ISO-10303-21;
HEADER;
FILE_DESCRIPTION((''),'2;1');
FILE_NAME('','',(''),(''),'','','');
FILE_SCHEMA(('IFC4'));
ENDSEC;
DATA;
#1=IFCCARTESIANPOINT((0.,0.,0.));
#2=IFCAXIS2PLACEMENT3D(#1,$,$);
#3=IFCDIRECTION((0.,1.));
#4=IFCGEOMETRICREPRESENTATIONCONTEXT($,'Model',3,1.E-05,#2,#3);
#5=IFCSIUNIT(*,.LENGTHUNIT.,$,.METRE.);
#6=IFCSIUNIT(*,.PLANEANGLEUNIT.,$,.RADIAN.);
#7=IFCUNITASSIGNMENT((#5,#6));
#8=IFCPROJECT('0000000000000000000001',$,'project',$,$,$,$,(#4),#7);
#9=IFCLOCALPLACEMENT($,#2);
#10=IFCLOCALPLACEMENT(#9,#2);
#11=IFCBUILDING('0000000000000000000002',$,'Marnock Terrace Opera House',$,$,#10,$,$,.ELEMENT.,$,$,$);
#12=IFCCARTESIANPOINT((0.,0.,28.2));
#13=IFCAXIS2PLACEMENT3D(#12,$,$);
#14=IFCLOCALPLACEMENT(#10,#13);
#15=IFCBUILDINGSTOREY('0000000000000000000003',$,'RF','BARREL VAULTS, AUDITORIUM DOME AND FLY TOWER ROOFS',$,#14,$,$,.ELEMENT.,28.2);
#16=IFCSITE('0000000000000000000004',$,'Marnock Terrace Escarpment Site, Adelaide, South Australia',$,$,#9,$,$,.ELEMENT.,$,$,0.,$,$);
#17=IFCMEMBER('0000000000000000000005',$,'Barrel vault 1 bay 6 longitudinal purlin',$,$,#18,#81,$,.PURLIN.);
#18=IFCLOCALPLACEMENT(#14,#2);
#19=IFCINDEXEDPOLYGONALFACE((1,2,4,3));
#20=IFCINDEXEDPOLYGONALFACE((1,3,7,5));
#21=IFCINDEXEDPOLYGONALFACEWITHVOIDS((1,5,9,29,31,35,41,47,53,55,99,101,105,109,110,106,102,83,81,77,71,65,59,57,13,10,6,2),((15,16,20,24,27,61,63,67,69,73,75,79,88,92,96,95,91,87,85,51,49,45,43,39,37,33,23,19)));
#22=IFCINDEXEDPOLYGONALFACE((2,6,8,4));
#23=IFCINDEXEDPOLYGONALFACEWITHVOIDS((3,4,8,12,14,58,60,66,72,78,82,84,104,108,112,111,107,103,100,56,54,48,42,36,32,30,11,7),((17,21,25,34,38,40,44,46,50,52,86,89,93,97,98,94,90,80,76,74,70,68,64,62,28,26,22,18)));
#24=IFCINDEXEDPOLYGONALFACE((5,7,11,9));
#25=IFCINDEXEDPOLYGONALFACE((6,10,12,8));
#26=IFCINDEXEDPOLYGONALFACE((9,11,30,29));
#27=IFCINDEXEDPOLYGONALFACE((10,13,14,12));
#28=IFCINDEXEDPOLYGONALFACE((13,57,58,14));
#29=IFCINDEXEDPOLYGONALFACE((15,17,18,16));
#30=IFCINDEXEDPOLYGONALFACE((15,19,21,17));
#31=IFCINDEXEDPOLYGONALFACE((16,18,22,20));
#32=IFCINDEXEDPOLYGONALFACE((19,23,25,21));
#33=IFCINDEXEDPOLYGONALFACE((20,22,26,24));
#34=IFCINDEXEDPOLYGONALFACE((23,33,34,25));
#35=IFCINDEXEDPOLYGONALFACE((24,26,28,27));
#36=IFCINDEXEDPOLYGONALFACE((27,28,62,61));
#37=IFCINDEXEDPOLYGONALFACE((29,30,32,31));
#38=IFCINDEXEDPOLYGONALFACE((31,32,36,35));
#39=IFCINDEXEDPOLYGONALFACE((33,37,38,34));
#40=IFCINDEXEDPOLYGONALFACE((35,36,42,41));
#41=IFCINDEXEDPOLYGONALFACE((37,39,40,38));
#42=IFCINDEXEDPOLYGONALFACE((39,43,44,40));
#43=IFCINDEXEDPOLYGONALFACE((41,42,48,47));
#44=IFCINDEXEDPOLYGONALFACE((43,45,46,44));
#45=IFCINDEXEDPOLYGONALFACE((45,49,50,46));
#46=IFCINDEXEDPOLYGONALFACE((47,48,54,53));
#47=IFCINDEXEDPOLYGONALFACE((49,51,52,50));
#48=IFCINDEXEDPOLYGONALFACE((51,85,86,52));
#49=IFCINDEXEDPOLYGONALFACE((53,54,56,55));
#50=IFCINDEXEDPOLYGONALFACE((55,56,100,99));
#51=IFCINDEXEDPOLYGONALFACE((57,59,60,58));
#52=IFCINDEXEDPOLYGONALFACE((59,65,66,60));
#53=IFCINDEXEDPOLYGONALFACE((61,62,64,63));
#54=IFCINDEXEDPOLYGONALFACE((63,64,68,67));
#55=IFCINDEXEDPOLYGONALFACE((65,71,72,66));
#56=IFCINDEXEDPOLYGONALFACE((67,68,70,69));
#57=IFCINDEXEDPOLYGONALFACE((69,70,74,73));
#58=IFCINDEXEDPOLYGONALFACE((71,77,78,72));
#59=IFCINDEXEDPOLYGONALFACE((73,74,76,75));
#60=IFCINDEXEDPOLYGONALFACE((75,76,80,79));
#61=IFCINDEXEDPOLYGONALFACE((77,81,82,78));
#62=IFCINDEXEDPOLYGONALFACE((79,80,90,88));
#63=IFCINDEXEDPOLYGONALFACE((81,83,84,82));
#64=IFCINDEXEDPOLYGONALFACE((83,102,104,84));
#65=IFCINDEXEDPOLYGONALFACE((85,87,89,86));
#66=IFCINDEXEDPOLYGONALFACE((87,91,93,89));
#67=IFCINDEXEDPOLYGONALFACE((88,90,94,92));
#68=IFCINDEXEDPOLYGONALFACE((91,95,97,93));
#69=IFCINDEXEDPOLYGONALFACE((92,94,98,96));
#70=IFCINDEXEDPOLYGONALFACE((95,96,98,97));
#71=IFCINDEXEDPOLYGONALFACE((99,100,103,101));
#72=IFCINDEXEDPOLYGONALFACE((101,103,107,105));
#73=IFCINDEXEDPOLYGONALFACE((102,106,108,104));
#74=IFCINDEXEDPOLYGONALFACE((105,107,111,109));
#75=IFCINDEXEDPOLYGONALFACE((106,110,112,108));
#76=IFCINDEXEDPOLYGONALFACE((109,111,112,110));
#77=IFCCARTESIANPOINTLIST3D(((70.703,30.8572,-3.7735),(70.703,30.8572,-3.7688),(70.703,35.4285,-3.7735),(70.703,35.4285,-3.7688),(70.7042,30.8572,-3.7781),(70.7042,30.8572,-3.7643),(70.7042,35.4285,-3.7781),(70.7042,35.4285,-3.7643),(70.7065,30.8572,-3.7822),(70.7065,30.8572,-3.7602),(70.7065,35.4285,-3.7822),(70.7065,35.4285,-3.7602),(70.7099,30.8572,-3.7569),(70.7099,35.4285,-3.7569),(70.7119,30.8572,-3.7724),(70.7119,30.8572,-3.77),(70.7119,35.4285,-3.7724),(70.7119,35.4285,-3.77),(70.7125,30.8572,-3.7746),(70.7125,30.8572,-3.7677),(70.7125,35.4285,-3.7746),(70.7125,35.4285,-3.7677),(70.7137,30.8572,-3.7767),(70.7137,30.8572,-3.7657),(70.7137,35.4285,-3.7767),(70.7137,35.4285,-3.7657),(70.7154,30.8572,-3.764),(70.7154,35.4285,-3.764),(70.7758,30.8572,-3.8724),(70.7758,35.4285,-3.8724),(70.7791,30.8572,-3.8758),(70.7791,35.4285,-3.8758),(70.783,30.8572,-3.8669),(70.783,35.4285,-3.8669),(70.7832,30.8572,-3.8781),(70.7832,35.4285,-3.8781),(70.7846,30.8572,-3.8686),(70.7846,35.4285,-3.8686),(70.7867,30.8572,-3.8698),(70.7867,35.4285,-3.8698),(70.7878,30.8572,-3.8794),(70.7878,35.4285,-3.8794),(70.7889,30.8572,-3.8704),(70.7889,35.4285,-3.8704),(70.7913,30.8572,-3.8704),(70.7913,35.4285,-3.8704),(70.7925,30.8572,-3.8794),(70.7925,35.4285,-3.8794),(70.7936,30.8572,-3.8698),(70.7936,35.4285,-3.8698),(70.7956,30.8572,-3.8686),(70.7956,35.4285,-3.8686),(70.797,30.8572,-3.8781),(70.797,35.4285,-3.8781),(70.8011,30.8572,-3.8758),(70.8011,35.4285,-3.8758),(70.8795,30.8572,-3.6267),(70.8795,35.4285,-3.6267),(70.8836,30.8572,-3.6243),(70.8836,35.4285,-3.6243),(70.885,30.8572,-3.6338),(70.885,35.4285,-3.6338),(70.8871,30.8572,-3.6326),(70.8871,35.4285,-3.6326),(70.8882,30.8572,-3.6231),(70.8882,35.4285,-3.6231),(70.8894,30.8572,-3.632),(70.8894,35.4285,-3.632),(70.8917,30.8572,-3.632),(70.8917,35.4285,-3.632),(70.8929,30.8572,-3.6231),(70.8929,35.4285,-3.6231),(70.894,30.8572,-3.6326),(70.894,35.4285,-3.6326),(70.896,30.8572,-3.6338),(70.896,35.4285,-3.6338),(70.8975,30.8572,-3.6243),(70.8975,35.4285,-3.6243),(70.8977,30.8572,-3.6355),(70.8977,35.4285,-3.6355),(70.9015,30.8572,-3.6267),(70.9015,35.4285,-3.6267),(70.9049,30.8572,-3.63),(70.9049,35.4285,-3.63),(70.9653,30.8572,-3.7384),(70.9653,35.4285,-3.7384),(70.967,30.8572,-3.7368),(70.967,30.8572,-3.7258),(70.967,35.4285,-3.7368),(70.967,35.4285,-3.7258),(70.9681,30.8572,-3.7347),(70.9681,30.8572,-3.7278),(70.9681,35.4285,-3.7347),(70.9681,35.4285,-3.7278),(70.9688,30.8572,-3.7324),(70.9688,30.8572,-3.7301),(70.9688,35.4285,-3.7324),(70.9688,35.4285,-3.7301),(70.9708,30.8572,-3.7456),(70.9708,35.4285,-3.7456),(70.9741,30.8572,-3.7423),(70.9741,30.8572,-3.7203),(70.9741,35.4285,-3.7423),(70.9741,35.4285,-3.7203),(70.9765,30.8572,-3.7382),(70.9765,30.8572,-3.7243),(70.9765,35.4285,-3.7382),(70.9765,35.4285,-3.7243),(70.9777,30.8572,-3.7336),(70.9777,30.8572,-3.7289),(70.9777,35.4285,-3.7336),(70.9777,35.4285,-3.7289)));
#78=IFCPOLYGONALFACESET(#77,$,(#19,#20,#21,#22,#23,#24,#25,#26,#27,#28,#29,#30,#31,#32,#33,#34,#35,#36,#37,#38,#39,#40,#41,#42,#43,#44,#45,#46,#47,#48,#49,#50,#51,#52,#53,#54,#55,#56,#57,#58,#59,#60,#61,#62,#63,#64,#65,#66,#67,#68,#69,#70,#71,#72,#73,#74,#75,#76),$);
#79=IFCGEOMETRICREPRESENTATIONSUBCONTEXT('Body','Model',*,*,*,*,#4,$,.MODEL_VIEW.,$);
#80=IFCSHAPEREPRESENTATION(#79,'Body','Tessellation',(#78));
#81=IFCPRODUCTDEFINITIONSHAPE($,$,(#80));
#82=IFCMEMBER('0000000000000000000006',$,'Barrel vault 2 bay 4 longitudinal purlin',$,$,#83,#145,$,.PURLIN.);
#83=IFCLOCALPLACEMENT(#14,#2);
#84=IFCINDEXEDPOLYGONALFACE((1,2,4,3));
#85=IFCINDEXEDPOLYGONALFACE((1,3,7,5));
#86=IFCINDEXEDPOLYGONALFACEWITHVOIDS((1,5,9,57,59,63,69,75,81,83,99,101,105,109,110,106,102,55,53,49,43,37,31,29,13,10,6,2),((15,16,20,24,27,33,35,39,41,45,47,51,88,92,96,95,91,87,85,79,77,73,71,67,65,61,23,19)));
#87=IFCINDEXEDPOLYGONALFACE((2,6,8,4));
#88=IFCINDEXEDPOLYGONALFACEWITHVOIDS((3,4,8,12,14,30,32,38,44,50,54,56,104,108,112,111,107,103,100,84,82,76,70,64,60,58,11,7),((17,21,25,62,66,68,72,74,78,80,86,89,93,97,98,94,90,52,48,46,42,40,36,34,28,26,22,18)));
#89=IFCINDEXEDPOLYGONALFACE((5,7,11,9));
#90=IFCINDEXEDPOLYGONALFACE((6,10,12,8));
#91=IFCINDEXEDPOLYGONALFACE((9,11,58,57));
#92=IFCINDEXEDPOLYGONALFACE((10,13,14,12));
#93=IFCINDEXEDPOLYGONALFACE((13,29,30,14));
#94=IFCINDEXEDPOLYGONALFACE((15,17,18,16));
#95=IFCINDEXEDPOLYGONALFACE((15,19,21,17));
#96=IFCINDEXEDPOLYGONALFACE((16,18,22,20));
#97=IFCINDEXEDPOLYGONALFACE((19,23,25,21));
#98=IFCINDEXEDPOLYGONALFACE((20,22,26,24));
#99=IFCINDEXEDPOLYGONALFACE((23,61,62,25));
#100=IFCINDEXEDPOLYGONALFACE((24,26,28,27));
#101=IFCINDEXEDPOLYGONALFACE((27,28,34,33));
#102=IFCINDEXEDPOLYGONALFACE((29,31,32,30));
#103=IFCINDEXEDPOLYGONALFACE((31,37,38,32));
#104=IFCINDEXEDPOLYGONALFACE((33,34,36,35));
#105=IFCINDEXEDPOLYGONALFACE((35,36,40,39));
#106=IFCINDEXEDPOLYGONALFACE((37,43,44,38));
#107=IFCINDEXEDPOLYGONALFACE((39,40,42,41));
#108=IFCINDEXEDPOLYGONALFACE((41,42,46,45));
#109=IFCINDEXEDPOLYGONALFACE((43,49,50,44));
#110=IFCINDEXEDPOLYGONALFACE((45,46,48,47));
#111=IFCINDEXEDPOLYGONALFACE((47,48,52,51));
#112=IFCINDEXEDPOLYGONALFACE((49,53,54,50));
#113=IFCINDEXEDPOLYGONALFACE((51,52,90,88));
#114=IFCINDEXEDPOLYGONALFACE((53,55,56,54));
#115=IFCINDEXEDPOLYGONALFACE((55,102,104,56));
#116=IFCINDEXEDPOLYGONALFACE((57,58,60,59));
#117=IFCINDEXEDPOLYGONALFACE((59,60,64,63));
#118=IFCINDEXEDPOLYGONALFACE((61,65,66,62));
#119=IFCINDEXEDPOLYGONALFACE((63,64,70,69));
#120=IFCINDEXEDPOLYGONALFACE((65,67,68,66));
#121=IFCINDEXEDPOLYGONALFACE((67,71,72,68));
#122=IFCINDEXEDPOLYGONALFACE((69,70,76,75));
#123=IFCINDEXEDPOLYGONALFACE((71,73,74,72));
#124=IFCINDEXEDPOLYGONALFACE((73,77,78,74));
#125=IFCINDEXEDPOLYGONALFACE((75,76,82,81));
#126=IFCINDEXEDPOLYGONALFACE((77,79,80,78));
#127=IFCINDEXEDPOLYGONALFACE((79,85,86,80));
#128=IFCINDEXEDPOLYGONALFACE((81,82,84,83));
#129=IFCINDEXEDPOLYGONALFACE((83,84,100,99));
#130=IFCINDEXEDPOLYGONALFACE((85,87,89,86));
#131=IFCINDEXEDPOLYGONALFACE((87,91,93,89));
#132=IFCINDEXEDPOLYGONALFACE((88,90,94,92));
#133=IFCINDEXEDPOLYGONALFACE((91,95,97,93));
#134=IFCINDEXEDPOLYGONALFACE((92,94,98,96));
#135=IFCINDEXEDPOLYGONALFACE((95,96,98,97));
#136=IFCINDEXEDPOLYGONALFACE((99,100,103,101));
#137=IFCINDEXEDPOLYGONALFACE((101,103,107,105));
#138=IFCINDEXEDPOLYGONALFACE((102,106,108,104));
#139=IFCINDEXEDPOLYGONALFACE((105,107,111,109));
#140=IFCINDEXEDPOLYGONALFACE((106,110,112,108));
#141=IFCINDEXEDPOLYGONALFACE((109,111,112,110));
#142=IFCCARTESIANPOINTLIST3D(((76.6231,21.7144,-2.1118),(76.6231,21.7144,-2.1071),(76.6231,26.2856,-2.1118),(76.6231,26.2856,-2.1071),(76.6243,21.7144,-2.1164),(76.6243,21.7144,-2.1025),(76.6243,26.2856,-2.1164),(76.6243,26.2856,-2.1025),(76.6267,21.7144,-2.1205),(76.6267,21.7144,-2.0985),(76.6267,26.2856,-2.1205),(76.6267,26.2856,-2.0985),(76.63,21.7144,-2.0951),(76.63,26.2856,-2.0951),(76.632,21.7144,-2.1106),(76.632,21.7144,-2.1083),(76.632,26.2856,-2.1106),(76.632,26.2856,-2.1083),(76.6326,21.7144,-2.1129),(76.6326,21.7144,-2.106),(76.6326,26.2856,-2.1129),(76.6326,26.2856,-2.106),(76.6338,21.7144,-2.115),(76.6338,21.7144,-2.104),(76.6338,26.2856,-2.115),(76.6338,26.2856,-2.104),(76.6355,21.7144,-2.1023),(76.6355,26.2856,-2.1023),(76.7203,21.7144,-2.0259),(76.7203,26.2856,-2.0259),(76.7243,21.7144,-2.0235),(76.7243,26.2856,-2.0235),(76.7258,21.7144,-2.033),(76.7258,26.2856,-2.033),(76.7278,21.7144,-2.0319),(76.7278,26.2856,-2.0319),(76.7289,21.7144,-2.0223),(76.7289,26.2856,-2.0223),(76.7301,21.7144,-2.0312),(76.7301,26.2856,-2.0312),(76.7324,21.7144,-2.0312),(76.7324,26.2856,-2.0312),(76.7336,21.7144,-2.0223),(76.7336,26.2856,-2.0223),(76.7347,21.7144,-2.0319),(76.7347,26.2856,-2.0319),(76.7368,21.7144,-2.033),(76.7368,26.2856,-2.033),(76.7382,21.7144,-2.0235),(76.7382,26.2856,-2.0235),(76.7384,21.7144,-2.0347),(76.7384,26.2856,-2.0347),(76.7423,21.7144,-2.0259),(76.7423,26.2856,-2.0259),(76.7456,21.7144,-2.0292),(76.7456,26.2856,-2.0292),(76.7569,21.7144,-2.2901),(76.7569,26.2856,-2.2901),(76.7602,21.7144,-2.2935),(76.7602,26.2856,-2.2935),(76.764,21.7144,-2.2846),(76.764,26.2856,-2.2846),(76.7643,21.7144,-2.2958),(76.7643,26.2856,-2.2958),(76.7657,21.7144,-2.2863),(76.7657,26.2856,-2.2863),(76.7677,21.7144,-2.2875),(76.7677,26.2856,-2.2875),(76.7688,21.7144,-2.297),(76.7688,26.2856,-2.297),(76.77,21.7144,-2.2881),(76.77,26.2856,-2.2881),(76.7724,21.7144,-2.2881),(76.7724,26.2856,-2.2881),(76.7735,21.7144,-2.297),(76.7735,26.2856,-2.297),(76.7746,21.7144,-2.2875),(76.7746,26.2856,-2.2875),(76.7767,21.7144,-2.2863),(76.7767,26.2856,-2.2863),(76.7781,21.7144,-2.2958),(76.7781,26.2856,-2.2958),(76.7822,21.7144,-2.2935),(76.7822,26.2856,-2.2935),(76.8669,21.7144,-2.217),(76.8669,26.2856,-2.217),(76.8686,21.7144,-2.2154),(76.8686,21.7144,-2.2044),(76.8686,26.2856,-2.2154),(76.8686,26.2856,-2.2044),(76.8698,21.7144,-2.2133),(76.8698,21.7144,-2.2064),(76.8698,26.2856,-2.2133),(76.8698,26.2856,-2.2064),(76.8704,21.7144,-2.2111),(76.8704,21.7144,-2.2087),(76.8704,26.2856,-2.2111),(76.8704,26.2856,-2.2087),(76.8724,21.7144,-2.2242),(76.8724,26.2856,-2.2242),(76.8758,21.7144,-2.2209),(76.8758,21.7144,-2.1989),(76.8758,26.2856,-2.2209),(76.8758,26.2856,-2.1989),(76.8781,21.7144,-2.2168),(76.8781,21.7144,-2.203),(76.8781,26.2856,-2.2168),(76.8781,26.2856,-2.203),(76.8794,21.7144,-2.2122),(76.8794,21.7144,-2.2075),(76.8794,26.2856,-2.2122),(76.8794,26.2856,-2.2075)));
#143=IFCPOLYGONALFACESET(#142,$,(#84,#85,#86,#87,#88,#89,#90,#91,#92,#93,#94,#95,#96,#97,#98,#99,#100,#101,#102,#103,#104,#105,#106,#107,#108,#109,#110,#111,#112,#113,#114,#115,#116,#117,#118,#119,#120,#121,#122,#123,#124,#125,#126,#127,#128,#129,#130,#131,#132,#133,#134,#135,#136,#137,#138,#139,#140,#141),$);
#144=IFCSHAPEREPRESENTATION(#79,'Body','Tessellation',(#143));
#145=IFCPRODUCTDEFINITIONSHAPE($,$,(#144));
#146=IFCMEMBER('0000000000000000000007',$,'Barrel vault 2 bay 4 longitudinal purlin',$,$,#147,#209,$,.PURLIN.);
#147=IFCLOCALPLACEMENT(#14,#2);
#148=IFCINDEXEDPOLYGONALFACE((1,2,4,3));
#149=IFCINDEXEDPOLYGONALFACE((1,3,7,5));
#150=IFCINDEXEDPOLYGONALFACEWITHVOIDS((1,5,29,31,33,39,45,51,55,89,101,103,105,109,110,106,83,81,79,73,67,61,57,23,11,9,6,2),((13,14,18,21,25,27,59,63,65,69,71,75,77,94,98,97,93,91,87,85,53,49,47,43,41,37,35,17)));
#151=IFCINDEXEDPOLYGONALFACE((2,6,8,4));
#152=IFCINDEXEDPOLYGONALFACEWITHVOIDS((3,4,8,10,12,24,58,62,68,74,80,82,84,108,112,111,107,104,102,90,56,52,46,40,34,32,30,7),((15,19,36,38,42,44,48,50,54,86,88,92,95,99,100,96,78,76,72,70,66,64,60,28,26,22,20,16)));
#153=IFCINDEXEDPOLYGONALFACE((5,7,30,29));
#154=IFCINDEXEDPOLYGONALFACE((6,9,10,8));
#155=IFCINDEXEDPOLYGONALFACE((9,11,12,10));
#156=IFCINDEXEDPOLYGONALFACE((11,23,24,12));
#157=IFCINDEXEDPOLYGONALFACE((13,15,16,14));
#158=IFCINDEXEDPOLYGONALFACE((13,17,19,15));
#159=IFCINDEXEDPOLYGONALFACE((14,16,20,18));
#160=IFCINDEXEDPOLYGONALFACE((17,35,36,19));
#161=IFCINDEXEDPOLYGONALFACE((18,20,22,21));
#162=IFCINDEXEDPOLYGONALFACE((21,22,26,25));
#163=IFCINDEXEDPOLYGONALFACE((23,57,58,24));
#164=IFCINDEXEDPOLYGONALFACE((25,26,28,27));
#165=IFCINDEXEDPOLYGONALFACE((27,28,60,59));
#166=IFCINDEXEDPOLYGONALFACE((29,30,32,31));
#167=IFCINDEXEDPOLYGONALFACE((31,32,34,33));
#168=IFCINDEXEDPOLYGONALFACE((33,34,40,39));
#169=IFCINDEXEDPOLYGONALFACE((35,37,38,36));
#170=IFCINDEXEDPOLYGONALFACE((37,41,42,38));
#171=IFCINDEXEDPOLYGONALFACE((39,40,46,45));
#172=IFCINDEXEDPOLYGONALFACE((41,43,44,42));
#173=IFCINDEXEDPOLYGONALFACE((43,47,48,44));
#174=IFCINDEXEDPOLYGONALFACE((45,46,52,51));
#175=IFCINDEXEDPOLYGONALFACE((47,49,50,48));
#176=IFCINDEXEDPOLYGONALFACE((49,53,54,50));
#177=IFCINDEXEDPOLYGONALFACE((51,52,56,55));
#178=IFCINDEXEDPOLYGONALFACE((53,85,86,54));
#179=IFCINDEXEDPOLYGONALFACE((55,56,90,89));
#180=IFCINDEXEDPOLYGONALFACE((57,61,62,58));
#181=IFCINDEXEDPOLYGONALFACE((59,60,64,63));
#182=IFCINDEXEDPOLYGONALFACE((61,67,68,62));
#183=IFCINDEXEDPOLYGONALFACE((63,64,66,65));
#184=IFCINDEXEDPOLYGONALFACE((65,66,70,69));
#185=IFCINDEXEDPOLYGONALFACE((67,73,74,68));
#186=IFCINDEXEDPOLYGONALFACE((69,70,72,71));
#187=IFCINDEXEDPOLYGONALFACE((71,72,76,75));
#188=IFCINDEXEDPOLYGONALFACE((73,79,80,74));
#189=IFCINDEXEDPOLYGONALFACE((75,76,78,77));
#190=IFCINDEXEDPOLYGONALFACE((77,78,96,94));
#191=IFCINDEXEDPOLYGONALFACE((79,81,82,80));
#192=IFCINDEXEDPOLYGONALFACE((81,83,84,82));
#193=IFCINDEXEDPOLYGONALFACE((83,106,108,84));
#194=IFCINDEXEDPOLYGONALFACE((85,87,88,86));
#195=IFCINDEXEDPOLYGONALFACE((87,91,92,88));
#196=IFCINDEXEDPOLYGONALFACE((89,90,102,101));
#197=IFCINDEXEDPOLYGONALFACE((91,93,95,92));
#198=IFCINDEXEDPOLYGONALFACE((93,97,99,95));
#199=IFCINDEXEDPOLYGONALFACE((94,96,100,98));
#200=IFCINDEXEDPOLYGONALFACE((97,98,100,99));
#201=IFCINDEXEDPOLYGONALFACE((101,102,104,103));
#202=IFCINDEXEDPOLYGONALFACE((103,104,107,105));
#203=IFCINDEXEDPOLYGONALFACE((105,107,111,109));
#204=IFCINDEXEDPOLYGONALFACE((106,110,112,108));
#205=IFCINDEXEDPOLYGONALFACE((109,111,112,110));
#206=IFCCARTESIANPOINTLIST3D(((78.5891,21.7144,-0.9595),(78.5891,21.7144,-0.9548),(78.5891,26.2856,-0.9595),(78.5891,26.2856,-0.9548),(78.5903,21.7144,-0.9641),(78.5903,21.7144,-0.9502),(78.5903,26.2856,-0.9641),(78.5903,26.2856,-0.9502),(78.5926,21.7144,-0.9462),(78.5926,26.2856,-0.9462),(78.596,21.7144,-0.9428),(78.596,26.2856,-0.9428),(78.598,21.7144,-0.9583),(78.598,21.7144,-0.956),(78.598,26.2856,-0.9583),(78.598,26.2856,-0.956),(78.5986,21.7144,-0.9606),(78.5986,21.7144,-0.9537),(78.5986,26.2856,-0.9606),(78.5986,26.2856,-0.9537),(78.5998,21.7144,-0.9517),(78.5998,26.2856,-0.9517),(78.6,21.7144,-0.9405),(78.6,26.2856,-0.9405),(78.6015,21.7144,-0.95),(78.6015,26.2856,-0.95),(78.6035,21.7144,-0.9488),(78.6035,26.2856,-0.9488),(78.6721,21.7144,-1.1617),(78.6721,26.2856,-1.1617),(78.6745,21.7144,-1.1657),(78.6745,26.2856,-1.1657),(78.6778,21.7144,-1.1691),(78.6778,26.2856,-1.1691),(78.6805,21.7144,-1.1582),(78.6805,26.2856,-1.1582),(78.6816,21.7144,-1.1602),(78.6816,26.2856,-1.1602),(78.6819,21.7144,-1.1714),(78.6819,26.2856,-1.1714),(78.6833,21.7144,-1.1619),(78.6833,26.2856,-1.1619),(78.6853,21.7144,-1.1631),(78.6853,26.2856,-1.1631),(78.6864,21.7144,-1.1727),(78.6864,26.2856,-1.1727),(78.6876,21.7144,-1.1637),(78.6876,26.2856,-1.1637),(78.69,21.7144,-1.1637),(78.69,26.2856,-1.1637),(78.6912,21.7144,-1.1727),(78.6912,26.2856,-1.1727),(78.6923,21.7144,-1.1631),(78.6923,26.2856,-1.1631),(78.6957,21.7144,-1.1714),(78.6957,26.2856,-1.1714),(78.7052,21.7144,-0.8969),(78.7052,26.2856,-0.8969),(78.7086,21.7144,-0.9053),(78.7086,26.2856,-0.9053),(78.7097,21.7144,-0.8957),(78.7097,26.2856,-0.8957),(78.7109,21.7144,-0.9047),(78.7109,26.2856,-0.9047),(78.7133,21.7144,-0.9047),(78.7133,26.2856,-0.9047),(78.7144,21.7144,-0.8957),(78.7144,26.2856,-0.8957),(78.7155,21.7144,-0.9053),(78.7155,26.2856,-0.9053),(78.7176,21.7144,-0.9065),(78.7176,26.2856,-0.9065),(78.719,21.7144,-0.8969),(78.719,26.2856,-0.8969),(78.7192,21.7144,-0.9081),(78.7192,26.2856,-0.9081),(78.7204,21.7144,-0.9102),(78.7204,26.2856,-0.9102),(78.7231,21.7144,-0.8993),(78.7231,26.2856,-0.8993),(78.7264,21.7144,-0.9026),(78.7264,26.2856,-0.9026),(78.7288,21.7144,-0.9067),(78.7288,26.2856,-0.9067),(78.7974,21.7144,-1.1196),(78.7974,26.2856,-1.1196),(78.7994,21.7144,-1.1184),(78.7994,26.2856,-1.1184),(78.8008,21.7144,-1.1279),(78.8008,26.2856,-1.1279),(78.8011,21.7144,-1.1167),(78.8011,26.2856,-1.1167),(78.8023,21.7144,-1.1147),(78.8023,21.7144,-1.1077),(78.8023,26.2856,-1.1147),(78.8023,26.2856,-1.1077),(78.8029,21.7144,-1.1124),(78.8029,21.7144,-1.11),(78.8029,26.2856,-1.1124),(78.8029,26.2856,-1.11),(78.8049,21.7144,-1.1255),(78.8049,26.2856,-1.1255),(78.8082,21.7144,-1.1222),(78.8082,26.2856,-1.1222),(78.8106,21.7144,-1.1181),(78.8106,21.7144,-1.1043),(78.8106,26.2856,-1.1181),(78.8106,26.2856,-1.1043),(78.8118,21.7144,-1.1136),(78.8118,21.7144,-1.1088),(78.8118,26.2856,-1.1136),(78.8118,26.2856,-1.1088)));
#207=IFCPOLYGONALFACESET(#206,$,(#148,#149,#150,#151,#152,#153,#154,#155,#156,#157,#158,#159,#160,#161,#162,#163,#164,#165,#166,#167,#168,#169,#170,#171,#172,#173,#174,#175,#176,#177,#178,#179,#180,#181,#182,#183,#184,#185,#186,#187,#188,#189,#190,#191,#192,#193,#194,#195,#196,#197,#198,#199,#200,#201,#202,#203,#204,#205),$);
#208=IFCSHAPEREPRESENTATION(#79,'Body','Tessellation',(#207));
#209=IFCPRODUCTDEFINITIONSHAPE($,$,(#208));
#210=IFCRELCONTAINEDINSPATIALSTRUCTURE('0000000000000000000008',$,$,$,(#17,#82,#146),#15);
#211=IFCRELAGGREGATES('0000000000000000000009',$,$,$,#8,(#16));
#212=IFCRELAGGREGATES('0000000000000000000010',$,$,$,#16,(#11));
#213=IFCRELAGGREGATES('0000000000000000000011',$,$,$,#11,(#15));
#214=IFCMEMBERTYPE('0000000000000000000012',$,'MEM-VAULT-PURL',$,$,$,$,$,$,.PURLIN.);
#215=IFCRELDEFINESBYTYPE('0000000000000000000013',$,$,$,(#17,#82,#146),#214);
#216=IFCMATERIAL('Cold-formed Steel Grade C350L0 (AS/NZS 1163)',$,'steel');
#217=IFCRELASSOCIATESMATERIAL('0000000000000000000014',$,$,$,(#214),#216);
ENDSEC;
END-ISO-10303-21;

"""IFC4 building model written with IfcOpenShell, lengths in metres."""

from ifc_helpers import new_model, si_unit, direction, frame, origin, origin_2d, place, context, subcontext, project, spatial, hollow_rectangle, extrude, material, material_profile, profile_set, type_object, element, save


model = new_model("IFC4")

# Units and contexts
model_context = context("Model", 3, precision=1e-05, world=origin(), true_north=direction((0.0, 1.0)))
body_context = subcontext(model_context, "Body", "Model", "MODEL_VIEW")
ifc_project = project(units=[si_unit("LENGTHUNIT", "METRE"), si_unit("PLANEANGLEUNIT", "RADIAN")], contexts=[model_context])

# Site, building, storey
site_placement = place(None, origin())
site = spatial("IfcSite", under=ifc_project, at=site_placement, Name="Marnock Terrace Escarpment Site, Adelaide, South Australia", CompositionType="ELEMENT", RefElevation=0.0)
building_placement = place(site_placement, origin())
building = spatial("IfcBuilding", under=site, at=building_placement, Name="Marnock Terrace Opera House", CompositionType="ELEMENT")
storey_placement = place(building_placement, frame((0.0, 0.0, 28.2)))
storey = spatial("IfcBuildingStorey", under=building, at=storey_placement, Name="RF", Description="BARREL VAULTS, AUDITORIUM DOME AND FLY TOWER ROOFS", CompositionType="ELEMENT", Elevation=28.2)

# Members
ifc_material = material(Name="Cold-formed Steel Grade C350L0 (AS/NZS 1163)", Category="steel")
ifc_material_profile_1 = material_profile(ifc_material, hollow_rectangle(XDim=0.1499, YDim=0.25, WallThickness=0.009, InnerFilletRadius=0.009, OuterFilletRadius=0.0181, at=origin_2d()))
ifc_profile_set_1 = profile_set([ifc_material_profile_1], Name="Cold-formed Steel Grade C350L0 (AS/NZS 1163)")
member_type_1 = type_object("IfcMemberType", Name="MEM-VAULT-PURL", PredefinedType="PURLIN", material=ifc_profile_set_1)
for number, where, z_axis, x_axis, name in (
    (1, (70.8403, 30.8572, -3.7512), (0.0, 1.0, 0.0), (-0.608761, 0.0, 0.793353), "Barrel vault 1 bay 6 longitudinal purlin"),
    (2, (76.7512, 21.7144, -2.1597), (0.0, 1.0, 0.0), (-0.793353, 0.0, -0.608761), "Barrel vault 2 bay 4 longitudinal purlin"),
    (3, (78.7004, 21.7144, -1.0342), (0.0, 1.0, 0.0), (-0.92388, 0.0, -0.382683), "Barrel vault 2 bay 4 longitudinal purlin"),
):
    element("IfcMember", number, at=place(storey_placement, frame(where, z_axis=z_axis, x_axis=x_axis)), inside=storey, type_object=member_type_1, Name=name, PredefinedType="PURLIN", context=body_context, shape_type="SweptSolid", body=[
        extrude(hollow_rectangle(XDim=0.1499, YDim=0.25, WallThickness=0.009, InnerFilletRadius=0.009, OuterFilletRadius=0.0181, at=origin_2d()), origin(), (0.0, 0.0, 1.0), 4.5713),
    ])

save(model, "model.ifc")
